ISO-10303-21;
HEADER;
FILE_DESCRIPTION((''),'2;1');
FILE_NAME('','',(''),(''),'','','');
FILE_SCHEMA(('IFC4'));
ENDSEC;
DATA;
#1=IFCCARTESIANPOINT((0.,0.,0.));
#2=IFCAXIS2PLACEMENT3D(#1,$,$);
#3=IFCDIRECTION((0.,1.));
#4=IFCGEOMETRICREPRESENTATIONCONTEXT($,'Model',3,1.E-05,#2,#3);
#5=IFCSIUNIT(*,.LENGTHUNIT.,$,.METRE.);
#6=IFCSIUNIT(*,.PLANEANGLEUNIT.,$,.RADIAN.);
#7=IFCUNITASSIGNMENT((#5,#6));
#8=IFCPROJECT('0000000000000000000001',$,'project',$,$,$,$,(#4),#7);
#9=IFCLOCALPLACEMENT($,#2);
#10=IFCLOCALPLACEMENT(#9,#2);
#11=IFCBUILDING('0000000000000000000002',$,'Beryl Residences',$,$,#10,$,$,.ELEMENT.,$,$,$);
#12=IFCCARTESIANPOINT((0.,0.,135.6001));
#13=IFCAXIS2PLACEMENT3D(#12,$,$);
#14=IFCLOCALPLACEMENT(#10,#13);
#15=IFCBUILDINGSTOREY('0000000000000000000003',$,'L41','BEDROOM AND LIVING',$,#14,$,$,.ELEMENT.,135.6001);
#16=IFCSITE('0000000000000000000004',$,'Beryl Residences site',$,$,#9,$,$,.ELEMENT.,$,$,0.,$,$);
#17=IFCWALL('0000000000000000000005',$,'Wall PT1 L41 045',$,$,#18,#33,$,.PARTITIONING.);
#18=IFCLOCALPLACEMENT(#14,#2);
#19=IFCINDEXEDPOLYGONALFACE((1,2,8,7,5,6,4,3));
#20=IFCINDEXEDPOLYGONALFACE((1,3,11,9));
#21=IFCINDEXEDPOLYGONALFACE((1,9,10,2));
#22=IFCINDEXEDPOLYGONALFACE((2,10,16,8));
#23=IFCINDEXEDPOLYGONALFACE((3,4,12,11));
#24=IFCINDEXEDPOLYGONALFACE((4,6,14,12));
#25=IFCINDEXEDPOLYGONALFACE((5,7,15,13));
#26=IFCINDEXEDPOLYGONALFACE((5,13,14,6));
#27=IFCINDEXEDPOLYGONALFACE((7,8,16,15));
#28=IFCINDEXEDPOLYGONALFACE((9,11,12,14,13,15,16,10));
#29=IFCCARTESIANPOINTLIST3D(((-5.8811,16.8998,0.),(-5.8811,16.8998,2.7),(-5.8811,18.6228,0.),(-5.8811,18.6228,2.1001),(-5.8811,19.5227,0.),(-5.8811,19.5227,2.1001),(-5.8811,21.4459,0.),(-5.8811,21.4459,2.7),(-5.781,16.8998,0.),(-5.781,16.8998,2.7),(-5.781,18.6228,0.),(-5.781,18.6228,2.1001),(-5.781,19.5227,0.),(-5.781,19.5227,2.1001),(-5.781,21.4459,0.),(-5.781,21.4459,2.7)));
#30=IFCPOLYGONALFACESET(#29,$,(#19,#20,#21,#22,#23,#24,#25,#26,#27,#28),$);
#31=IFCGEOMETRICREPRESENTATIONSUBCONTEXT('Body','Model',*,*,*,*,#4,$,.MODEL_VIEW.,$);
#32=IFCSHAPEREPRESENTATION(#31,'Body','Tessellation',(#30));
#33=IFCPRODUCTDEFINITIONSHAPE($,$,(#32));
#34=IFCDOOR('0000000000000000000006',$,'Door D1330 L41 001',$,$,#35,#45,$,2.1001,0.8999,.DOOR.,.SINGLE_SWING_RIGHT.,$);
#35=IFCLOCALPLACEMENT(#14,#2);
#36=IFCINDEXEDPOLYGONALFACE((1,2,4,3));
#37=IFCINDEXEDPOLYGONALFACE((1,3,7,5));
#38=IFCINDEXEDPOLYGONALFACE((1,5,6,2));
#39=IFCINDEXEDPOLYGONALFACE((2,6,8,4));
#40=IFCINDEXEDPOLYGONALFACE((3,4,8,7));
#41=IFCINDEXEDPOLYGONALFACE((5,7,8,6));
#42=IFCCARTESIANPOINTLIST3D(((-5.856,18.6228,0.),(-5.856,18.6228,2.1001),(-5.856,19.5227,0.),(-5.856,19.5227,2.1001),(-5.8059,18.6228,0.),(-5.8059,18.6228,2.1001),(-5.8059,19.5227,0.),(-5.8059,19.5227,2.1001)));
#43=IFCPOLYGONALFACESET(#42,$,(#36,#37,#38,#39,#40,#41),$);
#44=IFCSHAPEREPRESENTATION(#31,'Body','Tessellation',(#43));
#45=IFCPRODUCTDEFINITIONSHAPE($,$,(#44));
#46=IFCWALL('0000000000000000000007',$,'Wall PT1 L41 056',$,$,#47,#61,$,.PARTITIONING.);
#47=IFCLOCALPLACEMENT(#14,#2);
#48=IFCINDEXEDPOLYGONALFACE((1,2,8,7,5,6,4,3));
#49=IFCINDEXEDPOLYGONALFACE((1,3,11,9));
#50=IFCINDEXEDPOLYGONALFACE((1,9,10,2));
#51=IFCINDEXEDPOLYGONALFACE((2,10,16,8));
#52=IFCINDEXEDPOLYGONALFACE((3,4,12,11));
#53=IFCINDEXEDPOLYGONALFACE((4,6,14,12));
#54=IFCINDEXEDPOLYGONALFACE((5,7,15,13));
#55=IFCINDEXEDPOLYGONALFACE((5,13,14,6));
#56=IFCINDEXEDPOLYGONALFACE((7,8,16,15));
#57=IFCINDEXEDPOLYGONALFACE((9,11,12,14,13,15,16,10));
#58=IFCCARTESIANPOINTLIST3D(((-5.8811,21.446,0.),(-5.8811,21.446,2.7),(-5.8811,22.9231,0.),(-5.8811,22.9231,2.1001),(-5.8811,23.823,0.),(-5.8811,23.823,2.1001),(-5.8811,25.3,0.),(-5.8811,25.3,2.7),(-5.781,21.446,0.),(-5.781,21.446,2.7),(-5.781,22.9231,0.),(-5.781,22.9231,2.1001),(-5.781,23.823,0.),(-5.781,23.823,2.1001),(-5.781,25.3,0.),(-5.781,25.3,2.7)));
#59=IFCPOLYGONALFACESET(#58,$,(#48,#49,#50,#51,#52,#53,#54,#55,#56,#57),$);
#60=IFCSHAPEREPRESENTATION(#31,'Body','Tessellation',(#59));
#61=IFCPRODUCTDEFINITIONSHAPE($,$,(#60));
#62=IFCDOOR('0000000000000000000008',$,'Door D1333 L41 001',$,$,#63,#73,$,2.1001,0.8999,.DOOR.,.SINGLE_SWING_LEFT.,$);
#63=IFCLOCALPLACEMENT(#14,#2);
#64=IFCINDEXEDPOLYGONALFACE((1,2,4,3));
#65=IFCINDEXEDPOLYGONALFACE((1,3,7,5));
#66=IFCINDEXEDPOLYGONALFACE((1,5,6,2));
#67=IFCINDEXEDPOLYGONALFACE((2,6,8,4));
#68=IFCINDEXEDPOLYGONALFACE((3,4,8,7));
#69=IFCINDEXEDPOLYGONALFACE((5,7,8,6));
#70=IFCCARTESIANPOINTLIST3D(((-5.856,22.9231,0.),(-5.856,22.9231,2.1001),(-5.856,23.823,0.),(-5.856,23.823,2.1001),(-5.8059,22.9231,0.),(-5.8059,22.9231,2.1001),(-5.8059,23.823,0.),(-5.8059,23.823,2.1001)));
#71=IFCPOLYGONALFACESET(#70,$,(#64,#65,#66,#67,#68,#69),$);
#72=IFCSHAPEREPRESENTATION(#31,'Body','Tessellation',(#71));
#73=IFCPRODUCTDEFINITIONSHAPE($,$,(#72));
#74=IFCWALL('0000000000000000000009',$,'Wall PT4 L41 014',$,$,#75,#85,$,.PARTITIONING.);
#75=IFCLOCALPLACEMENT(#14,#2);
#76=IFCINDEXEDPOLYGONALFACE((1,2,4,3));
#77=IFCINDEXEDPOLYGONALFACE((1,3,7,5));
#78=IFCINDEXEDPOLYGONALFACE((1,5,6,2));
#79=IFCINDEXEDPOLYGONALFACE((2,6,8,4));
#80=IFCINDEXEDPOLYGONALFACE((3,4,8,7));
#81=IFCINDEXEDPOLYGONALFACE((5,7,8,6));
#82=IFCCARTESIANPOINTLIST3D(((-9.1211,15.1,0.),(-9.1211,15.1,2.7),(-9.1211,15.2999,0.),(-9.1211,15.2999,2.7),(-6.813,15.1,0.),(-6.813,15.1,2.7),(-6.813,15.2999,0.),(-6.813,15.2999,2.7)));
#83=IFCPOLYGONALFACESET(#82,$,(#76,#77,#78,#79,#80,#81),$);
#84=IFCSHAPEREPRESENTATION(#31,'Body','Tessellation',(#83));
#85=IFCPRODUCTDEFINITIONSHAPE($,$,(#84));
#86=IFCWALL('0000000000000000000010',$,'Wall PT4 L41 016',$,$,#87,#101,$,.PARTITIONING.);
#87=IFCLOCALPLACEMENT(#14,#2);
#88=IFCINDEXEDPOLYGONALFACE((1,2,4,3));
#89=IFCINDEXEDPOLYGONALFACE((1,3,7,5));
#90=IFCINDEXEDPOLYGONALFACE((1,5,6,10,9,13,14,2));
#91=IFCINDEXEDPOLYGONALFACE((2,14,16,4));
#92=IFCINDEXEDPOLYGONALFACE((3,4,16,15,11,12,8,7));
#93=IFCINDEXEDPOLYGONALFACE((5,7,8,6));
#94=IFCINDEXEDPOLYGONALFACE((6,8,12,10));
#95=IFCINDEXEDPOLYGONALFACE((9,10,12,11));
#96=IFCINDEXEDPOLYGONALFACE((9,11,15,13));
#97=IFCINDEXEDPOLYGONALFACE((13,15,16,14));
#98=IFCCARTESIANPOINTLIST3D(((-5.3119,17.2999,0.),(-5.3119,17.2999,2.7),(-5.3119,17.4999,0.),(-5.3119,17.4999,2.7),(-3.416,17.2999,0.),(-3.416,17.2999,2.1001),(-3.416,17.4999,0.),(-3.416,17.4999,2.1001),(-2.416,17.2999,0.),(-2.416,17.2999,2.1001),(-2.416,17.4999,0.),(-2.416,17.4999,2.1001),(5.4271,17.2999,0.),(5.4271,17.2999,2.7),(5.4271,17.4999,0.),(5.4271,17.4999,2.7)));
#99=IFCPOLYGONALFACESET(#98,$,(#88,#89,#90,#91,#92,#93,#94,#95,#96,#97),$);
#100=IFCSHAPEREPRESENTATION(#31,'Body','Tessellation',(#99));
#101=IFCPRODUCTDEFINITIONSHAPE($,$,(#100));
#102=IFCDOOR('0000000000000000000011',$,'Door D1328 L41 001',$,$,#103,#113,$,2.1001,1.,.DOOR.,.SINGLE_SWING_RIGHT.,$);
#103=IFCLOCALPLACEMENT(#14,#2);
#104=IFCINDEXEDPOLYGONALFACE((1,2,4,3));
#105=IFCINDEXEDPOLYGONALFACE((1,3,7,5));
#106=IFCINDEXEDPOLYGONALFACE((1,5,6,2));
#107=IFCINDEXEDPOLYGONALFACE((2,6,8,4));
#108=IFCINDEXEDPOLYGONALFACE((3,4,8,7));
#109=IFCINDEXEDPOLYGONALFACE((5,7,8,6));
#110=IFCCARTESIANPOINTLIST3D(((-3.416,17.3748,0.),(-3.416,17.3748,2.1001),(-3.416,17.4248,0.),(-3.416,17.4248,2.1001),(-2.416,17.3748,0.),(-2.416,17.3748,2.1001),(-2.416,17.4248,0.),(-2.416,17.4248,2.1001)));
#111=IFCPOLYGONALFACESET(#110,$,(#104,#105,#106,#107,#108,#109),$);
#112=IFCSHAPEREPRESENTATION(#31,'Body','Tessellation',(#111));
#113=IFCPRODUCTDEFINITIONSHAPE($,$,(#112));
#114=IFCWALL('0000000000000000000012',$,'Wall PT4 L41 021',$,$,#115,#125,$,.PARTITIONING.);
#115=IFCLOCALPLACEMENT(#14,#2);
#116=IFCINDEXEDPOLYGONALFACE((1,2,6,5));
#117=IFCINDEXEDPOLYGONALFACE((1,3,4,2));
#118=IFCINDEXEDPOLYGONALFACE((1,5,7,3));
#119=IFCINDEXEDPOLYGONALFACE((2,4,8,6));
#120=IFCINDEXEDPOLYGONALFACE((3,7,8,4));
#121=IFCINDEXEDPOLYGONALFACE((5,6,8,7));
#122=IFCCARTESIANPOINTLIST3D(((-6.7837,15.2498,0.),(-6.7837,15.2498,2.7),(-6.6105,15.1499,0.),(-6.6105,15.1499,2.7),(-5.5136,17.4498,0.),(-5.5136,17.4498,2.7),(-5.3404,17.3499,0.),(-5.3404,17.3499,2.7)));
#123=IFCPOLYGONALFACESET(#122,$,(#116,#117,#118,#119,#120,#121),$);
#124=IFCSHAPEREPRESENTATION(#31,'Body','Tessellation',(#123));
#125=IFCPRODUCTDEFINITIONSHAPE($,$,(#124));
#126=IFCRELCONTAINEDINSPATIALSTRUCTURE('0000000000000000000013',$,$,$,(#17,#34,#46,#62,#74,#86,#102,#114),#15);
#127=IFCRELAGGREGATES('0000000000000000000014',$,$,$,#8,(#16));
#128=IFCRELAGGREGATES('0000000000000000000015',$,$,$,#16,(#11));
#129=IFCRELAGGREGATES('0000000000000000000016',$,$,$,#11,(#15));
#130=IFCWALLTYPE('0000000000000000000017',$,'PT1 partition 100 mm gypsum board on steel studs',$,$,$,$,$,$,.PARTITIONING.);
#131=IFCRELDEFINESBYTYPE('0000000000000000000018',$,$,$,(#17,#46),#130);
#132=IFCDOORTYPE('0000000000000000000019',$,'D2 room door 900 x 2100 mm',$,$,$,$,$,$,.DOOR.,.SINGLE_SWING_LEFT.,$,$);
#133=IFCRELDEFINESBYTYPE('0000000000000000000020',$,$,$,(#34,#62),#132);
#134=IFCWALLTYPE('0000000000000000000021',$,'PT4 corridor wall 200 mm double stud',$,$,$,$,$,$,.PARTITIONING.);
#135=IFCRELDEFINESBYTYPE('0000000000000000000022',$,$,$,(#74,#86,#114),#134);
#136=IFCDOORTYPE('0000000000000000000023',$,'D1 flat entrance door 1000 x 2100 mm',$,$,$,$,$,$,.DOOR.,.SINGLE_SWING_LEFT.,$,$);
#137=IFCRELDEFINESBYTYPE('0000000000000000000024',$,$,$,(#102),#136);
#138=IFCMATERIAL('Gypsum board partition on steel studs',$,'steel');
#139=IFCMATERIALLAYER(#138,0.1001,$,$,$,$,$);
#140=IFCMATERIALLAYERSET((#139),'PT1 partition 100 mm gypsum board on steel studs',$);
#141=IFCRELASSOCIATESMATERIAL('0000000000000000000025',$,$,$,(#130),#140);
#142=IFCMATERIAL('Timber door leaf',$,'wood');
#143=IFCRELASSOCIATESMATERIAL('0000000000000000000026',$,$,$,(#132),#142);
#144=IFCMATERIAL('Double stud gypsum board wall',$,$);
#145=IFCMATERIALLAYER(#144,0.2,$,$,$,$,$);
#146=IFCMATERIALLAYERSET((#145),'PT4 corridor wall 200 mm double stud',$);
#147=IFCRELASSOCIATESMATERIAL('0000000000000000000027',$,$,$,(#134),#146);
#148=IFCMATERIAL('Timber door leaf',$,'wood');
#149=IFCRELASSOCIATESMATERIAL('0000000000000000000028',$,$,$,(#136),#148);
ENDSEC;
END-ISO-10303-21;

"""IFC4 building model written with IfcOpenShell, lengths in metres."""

from ifc_helpers import new_model, si_unit, direction, frame, frame_2d, origin, place, context, subcontext, project, spatial, rectangle, extrude, material, layer, layer_set, type_object, element, fill, save


model = new_model("IFC4")

# Units and contexts
model_context = context("Model", 3, precision=1e-05, world=origin(), true_north=direction((0.0, 1.0)))
body_context = subcontext(model_context, "Body", "Model", "MODEL_VIEW")
ifc_project = project(units=[si_unit("LENGTHUNIT", "METRE"), si_unit("PLANEANGLEUNIT", "RADIAN")], contexts=[model_context])

# Site, building, storey
site_placement = place(None, origin())
site = spatial("IfcSite", under=ifc_project, at=site_placement, Name="Beryl Residences site", CompositionType="ELEMENT", RefElevation=0.0)
building_placement = place(site_placement, origin())
building = spatial("IfcBuilding", under=site, at=building_placement, Name="Beryl Residences", CompositionType="ELEMENT")
storey_placement = place(building_placement, frame((0.0, 0.0, 135.6001)))
storey = spatial("IfcBuildingStorey", under=building, at=storey_placement, Name="L41", Description="BEDROOM AND LIVING", CompositionType="ELEMENT", Elevation=135.6001)

# Shared definitions
ifc_material_1 = material(Name="Gypsum board partition on steel studs", Category="steel")
ifc_layer_1 = layer(ifc_material_1, 0.1001)
ifc_layer_set_1 = layer_set([ifc_layer_1], Name="PT1 partition 100 mm gypsum board on steel studs")
wall_type_1 = type_object("IfcWallType", Name="PT1 partition 100 mm gypsum board on steel studs", PredefinedType="PARTITIONING", material=ifc_layer_set_1)

# Shared definitions
ifc_material_2 = material(Name="Timber door leaf", Category="wood")
door_type_1 = type_object("IfcDoorType", Name="D2 room door 900 x 2100 mm", OperationType="SINGLE_SWING_LEFT", PredefinedType="DOOR", material=ifc_material_2)

# Walls, openings, doors
wall_1_placement = place(storey_placement, frame((-5.8311, 16.8999, 0.0), z_axis=(0.0, 0.0, 1.0), x_axis=(0.0, 1.0, 0.0)))
wall_1 = element("IfcWall", 1, at=wall_1_placement, inside=storey, type_object=wall_type_1, Name="Wall PT1 L41 045", PredefinedType="PARTITIONING", context=body_context, shape_type="SweptSolid", body=[
    extrude(rectangle(XDim=4.5461, YDim=0.1001, at=frame_2d((2.2729, 0.0))), origin(), (0.0, 0.0, 1.0), 2.7),
])
opening_1_placement = place(wall_1_placement, frame((1.7229, 0.0, 0.0)))
opening_1 = element("IfcOpeningElement", 2, at=opening_1_placement, cuts=wall_1, PredefinedType="OPENING", context=body_context, shape_type="SweptSolid", body=[
    extrude(rectangle(XDim=0.8999, YDim=2.1001, at=frame_2d((0.45, 1.05))), frame((0.0, 0.0601, 0.0), z_axis=(0.0, -1.0, 0.0), x_axis=(1.0, 0.0, 0.0)), (0.0, 0.0, 1.0), 0.1201),
])
door_1_placement = place(opening_1_placement, origin())
door_1 = element("IfcDoor", 3, at=door_1_placement, inside=storey, type_object=door_type_1, Name="Door D1330 L41 001", OperationType="SINGLE_SWING_RIGHT", OverallHeight=2.1001, OverallWidth=0.8999, PredefinedType="DOOR", context=body_context, shape_type="SweptSolid", body=[
    extrude(rectangle(XDim=0.8999, YDim=2.1001, at=frame_2d((0.45, 1.05))), frame((0.0, 0.0249, 0.0), z_axis=(0.0, -1.0, 0.0), x_axis=(1.0, 0.0, 0.0)), (0.0, 0.0, 1.0), 0.05),
])
fill(opening_1, door_1)
wall_2_placement = place(storey_placement, frame((-5.8311, 21.446, 0.0), z_axis=(0.0, 0.0, 1.0), x_axis=(0.0, 1.0, 0.0)))
wall_2 = element("IfcWall", 4, at=wall_2_placement, inside=storey, type_object=wall_type_1, Name="Wall PT1 L41 056", PredefinedType="PARTITIONING", context=body_context, shape_type="SweptSolid", body=[
    extrude(rectangle(XDim=3.854, YDim=0.1001, at=frame_2d((1.927, 0.0))), origin(), (0.0, 0.0, 1.0), 2.7),
])
opening_2_placement = place(wall_2_placement, frame((1.4771, 0.0, 0.0)))
opening_2 = element("IfcOpeningElement", 5, at=opening_2_placement, cuts=wall_2, PredefinedType="OPENING", context=body_context, shape_type="SweptSolid", body=[
    extrude(rectangle(XDim=0.8999, YDim=2.1001, at=frame_2d((0.45, 1.05))), frame((0.0, 0.0601, 0.0), z_axis=(0.0, -1.0, 0.0), x_axis=(1.0, 0.0, 0.0)), (0.0, 0.0, 1.0), 0.1201),
])
door_2_placement = place(opening_2_placement, origin())
door_2 = element("IfcDoor", 6, at=door_2_placement, inside=storey, type_object=door_type_1, Name="Door D1333 L41 001", OperationType="SINGLE_SWING_LEFT", OverallHeight=2.1001, OverallWidth=0.8999, PredefinedType="DOOR", context=body_context, shape_type="SweptSolid", body=[
    extrude(rectangle(XDim=0.8999, YDim=2.1001, at=frame_2d((0.45, 1.05))), frame((0.0, 0.0249, 0.0), z_axis=(0.0, -1.0, 0.0), x_axis=(1.0, 0.0, 0.0)), (0.0, 0.0, 1.0), 0.05),
])
fill(opening_2, door_2)

# Wall
ifc_material_3 = material(Name="Double stud gypsum board wall")
ifc_layer_2 = layer(ifc_material_3, 0.2)
ifc_layer_set_2 = layer_set([ifc_layer_2], Name="PT4 corridor wall 200 mm double stud")
wall_type_2 = type_object("IfcWallType", Name="PT4 corridor wall 200 mm double stud", PredefinedType="PARTITIONING", material=ifc_layer_set_2)
wall_3_placement = place(storey_placement, frame((-9.1211, 15.2, 0.0), z_axis=(0.0, 0.0, 1.0), x_axis=(1.0, 0.0, 0.0)))
element("IfcWall", 7, at=wall_3_placement, inside=storey, type_object=wall_type_2, Name="Wall PT4 L41 014", PredefinedType="PARTITIONING", context=body_context, shape_type="SweptSolid", body=[
    extrude(rectangle(XDim=2.3081, YDim=0.2, at=frame_2d((1.1541, 0.0))), origin(), (0.0, 0.0, 1.0), 2.7),
])

# Wall, opening, door
wall_4_placement = place(storey_placement, frame((-5.312, 17.3999, 0.0), z_axis=(0.0, 0.0, 1.0), x_axis=(1.0, 0.0, 0.0)))
wall_4 = element("IfcWall", 8, at=wall_4_placement, inside=storey, type_object=wall_type_2, Name="Wall PT4 L41 016", PredefinedType="PARTITIONING", context=body_context, shape_type="SweptSolid", body=[
    extrude(rectangle(XDim=10.739, YDim=0.2, at=frame_2d((5.3696, 0.0))), origin(), (0.0, 0.0, 1.0), 2.7),
])
opening_3_placement = place(wall_4_placement, frame((1.896, 0.0, 0.0)))
opening_3 = element("IfcOpeningElement", 9, at=opening_3_placement, cuts=wall_4, PredefinedType="OPENING", context=body_context, shape_type="SweptSolid", body=[
    extrude(rectangle(XDim=1.0, YDim=2.1001, at=frame_2d((0.5, 1.05))), frame((0.0, 0.1099, 0.0), z_axis=(0.0, -1.0, 0.0), x_axis=(1.0, 0.0, 0.0)), (0.0, 0.0, 1.0), 0.22),
])
ifc_material_4 = material(Name="Timber door leaf", Category="wood")
door_type_2 = type_object("IfcDoorType", Name="D1 flat entrance door 1000 x 2100 mm", OperationType="SINGLE_SWING_LEFT", PredefinedType="DOOR", material=ifc_material_4)
door_3_placement = place(opening_3_placement, origin())
door_3 = element("IfcDoor", 10, at=door_3_placement, inside=storey, type_object=door_type_2, Name="Door D1328 L41 001", OperationType="SINGLE_SWING_RIGHT", OverallHeight=2.1001, OverallWidth=1.0, PredefinedType="DOOR", context=body_context, shape_type="SweptSolid", body=[
    extrude(rectangle(XDim=1.0, YDim=2.1001, at=frame_2d((0.5, 1.05))), frame((0.0, 0.0249, 0.0), z_axis=(0.0, -1.0, 0.0), x_axis=(1.0, 0.0, 0.0)), (0.0, 0.0, 1.0), 0.05),
])
fill(opening_3, door_3)

# Wall
wall_5_placement = place(storey_placement, frame((-6.697, 15.2, 0.0), z_axis=(0.0, 0.0, 1.0), x_axis=(0.499964, 0.866046, 0.0)))
element("IfcWall", 11, at=wall_5_placement, inside=storey, type_object=wall_type_2, Name="Wall PT4 L41 021", PredefinedType="PARTITIONING", context=body_context, shape_type="SweptSolid", body=[
    extrude(rectangle(XDim=2.5403, YDim=0.2, at=frame_2d((1.27, 0.0))), origin(), (0.0, 0.0, 1.0), 2.7),
])

save(model, "model.ifc")
